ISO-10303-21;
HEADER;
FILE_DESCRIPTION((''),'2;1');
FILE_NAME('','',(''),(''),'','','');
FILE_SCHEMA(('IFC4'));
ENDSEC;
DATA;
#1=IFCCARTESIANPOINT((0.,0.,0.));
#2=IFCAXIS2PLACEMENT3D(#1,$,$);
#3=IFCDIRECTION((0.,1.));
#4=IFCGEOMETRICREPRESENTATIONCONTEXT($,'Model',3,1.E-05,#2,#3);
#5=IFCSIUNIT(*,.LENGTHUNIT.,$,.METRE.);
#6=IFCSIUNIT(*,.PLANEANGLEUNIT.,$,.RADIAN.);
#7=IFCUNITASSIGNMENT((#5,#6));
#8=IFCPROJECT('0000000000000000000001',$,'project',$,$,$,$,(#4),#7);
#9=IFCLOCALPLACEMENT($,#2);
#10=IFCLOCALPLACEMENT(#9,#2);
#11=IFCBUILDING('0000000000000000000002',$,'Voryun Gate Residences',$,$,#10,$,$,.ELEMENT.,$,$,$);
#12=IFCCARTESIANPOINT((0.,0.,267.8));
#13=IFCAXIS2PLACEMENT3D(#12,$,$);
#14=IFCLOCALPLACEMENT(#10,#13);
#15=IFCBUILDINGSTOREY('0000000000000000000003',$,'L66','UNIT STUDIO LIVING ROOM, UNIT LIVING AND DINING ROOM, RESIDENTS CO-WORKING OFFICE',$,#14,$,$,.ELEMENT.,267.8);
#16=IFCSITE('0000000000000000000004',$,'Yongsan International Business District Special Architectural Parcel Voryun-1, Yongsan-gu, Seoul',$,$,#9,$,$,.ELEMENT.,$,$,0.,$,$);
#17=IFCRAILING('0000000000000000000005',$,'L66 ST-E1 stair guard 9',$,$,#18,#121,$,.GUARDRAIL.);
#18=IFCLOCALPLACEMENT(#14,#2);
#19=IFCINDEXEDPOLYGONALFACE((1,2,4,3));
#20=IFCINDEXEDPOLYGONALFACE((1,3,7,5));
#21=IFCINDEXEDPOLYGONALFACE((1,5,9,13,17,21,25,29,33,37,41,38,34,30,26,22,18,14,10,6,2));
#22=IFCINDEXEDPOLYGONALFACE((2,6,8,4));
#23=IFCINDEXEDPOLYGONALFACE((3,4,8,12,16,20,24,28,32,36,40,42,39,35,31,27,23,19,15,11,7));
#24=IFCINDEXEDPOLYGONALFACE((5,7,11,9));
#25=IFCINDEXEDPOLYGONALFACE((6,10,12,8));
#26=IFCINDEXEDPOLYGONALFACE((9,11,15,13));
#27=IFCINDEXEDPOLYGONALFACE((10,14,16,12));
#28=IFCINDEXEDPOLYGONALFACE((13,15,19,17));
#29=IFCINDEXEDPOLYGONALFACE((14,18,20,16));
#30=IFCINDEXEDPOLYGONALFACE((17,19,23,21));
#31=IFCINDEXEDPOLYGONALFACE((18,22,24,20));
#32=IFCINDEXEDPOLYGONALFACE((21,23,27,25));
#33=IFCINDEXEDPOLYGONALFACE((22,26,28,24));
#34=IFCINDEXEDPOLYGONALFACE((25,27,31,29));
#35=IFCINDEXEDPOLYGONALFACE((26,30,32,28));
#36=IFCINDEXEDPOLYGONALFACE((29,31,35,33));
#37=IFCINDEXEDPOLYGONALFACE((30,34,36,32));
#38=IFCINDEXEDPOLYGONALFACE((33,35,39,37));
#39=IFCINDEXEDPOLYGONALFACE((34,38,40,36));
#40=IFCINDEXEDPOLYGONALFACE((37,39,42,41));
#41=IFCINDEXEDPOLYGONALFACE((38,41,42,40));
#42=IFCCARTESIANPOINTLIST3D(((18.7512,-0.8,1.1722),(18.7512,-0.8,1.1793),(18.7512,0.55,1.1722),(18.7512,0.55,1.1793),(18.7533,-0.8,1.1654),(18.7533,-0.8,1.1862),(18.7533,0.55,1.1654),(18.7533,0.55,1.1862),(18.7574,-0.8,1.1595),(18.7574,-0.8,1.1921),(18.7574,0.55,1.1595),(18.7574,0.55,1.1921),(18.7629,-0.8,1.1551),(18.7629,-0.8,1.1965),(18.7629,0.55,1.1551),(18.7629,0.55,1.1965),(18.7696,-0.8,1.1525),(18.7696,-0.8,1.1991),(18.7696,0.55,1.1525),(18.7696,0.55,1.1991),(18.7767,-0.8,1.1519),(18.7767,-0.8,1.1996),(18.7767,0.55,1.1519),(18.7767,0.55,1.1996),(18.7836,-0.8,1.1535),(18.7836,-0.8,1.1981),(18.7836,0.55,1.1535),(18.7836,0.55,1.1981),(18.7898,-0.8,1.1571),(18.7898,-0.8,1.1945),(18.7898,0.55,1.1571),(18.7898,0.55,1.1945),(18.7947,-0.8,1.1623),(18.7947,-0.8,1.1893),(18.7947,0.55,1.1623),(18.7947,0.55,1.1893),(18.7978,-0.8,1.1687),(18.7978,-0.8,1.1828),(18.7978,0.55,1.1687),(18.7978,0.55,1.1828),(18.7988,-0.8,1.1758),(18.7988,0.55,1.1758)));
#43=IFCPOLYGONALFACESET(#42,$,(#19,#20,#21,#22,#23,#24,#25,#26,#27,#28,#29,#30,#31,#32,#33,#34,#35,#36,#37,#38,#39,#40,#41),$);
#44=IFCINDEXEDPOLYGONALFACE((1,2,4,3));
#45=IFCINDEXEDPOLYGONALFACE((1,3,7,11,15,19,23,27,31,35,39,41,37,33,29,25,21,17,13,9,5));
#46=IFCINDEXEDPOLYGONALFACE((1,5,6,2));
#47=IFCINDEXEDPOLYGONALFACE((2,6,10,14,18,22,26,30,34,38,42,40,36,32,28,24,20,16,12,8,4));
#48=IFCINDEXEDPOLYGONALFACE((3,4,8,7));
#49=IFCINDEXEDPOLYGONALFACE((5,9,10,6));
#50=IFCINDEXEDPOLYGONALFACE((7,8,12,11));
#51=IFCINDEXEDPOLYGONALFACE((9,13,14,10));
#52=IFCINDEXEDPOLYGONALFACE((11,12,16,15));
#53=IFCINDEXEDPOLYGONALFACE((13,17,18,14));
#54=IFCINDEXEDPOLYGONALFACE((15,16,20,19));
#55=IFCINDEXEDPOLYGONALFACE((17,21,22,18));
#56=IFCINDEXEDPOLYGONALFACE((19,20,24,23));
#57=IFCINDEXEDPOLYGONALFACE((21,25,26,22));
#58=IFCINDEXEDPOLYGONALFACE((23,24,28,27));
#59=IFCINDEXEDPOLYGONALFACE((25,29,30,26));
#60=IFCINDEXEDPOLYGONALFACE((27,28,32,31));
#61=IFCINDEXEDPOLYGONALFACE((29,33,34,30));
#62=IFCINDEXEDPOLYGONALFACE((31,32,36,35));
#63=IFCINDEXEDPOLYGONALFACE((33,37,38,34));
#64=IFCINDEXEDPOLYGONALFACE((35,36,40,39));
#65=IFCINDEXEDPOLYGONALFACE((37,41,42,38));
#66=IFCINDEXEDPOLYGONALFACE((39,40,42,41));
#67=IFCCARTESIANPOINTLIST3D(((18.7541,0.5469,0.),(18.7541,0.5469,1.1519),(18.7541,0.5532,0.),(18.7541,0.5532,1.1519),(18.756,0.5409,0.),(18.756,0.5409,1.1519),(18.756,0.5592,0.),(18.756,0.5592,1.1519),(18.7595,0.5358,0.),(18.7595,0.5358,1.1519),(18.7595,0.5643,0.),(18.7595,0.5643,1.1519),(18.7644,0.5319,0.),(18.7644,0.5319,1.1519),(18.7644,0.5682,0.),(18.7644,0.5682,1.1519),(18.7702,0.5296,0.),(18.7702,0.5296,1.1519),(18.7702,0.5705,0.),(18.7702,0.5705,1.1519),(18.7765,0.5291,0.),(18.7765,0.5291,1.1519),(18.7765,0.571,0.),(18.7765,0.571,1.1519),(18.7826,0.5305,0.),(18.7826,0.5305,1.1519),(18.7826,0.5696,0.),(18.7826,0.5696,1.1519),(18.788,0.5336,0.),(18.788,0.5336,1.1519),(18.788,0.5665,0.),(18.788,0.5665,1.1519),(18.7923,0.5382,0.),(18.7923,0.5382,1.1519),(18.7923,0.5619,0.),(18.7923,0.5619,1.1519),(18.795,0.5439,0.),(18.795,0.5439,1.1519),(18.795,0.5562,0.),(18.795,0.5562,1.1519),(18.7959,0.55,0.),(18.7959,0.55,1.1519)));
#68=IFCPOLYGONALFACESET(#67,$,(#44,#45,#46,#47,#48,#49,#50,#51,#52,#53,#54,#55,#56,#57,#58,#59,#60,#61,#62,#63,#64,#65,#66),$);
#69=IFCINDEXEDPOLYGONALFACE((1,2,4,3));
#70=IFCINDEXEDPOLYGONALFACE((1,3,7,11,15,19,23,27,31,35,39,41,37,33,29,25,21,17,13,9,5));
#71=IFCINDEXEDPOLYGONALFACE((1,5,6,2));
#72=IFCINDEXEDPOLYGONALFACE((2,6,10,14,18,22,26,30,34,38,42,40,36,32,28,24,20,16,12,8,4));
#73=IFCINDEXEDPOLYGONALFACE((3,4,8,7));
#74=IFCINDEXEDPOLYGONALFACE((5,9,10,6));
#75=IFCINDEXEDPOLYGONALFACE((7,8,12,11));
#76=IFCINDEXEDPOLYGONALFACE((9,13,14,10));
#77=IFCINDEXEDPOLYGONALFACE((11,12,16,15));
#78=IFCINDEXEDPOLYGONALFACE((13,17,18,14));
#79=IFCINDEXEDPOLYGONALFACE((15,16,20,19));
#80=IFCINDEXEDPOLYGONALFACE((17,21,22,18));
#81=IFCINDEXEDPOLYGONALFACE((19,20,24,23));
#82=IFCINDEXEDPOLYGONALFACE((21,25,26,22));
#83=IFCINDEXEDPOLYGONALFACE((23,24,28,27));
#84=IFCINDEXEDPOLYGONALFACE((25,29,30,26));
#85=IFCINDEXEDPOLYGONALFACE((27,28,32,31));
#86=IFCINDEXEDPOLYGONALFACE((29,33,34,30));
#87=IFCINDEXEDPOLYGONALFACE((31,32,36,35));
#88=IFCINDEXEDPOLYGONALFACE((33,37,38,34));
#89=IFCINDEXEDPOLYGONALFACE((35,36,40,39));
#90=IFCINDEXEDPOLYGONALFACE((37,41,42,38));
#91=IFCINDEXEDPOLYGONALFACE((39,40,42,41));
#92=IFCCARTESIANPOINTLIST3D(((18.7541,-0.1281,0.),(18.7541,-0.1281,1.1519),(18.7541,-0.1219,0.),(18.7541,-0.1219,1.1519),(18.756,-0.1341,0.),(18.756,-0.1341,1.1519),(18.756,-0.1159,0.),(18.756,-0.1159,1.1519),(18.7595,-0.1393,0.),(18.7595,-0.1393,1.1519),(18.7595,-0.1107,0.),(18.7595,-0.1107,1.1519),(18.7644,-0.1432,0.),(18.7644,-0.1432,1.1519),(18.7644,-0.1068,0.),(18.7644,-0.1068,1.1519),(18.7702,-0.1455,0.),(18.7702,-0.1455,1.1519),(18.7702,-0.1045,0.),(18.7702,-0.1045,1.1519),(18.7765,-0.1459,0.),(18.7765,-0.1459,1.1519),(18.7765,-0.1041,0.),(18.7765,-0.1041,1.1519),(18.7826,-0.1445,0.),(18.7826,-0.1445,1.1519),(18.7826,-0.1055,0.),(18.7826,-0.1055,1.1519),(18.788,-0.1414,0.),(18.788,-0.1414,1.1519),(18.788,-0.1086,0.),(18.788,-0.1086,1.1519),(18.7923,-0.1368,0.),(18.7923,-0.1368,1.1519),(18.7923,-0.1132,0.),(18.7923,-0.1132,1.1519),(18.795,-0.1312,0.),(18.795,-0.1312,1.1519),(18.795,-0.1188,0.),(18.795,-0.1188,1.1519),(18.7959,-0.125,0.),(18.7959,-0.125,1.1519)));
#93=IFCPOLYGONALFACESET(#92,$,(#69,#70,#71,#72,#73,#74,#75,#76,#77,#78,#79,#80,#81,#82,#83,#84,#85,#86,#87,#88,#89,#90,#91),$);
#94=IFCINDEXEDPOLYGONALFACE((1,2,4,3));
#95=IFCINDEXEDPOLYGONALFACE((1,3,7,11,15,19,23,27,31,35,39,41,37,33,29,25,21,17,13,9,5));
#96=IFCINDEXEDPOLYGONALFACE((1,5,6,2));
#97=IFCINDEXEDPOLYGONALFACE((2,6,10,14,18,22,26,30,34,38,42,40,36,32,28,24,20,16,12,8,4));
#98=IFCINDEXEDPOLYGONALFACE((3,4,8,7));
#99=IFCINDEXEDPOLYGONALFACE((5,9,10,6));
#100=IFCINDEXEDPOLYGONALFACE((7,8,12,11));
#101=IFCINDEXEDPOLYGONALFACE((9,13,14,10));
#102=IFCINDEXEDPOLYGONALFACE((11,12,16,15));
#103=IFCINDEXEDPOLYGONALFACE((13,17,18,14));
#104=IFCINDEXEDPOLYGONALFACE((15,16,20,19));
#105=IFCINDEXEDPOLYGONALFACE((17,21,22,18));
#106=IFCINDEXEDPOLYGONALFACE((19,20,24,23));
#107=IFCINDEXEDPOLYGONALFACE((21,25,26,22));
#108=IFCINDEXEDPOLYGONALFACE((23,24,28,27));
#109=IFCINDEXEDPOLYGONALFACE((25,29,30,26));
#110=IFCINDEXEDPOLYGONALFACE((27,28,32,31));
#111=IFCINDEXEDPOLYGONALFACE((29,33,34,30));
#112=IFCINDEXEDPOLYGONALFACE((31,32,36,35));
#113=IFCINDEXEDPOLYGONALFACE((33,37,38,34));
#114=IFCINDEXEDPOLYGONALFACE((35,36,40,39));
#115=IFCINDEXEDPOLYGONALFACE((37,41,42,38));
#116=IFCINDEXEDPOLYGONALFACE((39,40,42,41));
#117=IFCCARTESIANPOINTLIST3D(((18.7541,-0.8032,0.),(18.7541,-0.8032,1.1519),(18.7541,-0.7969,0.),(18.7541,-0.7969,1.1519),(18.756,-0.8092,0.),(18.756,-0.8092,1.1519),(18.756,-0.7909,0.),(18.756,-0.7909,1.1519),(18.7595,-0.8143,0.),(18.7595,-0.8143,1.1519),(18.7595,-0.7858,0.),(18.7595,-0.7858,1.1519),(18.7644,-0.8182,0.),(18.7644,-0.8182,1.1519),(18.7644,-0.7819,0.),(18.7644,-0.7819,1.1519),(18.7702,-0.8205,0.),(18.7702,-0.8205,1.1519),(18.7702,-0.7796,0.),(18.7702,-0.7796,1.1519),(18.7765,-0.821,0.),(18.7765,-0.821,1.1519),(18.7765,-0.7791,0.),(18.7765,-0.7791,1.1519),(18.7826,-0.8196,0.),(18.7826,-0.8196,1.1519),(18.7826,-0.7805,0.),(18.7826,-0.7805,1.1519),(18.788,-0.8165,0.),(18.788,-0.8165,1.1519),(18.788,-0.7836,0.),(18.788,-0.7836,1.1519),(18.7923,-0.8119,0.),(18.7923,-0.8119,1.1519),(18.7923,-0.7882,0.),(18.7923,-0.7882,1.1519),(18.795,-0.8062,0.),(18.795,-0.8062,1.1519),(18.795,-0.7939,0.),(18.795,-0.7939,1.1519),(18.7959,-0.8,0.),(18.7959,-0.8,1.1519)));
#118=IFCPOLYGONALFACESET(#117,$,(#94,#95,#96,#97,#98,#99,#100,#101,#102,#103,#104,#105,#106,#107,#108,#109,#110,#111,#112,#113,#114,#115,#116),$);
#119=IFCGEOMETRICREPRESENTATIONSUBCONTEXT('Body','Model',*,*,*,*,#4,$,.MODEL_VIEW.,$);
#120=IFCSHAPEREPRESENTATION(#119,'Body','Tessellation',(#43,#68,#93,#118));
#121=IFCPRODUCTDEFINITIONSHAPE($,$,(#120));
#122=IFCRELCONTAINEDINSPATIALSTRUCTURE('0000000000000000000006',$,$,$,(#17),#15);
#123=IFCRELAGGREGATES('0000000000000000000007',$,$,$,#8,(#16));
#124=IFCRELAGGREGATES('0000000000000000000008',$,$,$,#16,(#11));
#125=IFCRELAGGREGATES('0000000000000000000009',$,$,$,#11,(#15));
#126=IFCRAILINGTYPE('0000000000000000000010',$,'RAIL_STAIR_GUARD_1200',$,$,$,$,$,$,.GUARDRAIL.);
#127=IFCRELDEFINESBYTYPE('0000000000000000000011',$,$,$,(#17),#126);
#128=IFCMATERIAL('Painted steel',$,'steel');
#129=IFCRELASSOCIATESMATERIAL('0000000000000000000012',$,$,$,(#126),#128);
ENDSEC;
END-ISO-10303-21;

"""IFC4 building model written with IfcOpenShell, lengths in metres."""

from ifc_helpers import new_model, si_unit, direction, frame, origin, origin_2d, place, context, subcontext, project, spatial, circle, extrude, material, type_object, element, save


model = new_model("IFC4")

# Units and contexts
model_context = context("Model", 3, precision=1e-05, world=origin(), true_north=direction((0.0, 1.0)))
body_context = subcontext(model_context, "Body", "Model", "MODEL_VIEW")
ifc_project = project(units=[si_unit("LENGTHUNIT", "METRE"), si_unit("PLANEANGLEUNIT", "RADIAN")], contexts=[model_context])

# Site, building, storey
site_placement = place(None, origin())
site = spatial("IfcSite", under=ifc_project, at=site_placement, Name="Yongsan International Business District Special Architectural Parcel Voryun-1, Yongsan-gu, Seoul", CompositionType="ELEMENT", RefElevation=0.0)
building_placement = place(site_placement, origin())
building = spatial("IfcBuilding", under=site, at=building_placement, Name="Voryun Gate Residences", CompositionType="ELEMENT")
storey_placement = place(building_placement, frame((0.0, 0.0, 267.8)))
storey = spatial("IfcBuildingStorey", under=building, at=storey_placement, Name="L66", Description="UNIT STUDIO LIVING ROOM, UNIT LIVING AND DINING ROOM, RESIDENTS CO-WORKING OFFICE", CompositionType="ELEMENT", Elevation=267.8)

# Railing
ifc_material_1 = material(Name="Painted steel", Category="steel")
railing_type_1 = type_object("IfcRailingType", Name="RAIL_STAIR_GUARD_1200", PredefinedType="GUARDRAIL", material=ifc_material_1)
for number, where, name in (
    (1, (18.7749, 0.55, 0.0), "L66 ST-E1 stair guard 9"),
):
    element("IfcRailing", number, at=place(storey_placement, frame(where)), inside=storey, type_object=railing_type_1, Name=name, PredefinedType="GUARDRAIL", context=body_context, shape_type="SweptSolid", body=[
        extrude(circle(Radius=0.0239, at=origin_2d()), frame((0.0, 0.0, 1.1758), z_axis=(0.0, -1.0, 0.0), x_axis=(1.0, 0.0, 0.0)), (0.0, 0.0, 1.0), 1.3501),
        extrude(circle(Radius=0.021, at=origin_2d()), origin(), (0.0, 0.0, 1.0), 1.1519),
        extrude(circle(Radius=0.021, at=origin_2d()), frame((0.0, -0.675, 0.0)), (0.0, 0.0, 1.0), 1.1519),
        extrude(circle(Radius=0.021, at=origin_2d()), frame((0.0, -1.3501, 0.0)), (0.0, 0.0, 1.0), 1.1519),
    ])

save(model, "model.ifc")
